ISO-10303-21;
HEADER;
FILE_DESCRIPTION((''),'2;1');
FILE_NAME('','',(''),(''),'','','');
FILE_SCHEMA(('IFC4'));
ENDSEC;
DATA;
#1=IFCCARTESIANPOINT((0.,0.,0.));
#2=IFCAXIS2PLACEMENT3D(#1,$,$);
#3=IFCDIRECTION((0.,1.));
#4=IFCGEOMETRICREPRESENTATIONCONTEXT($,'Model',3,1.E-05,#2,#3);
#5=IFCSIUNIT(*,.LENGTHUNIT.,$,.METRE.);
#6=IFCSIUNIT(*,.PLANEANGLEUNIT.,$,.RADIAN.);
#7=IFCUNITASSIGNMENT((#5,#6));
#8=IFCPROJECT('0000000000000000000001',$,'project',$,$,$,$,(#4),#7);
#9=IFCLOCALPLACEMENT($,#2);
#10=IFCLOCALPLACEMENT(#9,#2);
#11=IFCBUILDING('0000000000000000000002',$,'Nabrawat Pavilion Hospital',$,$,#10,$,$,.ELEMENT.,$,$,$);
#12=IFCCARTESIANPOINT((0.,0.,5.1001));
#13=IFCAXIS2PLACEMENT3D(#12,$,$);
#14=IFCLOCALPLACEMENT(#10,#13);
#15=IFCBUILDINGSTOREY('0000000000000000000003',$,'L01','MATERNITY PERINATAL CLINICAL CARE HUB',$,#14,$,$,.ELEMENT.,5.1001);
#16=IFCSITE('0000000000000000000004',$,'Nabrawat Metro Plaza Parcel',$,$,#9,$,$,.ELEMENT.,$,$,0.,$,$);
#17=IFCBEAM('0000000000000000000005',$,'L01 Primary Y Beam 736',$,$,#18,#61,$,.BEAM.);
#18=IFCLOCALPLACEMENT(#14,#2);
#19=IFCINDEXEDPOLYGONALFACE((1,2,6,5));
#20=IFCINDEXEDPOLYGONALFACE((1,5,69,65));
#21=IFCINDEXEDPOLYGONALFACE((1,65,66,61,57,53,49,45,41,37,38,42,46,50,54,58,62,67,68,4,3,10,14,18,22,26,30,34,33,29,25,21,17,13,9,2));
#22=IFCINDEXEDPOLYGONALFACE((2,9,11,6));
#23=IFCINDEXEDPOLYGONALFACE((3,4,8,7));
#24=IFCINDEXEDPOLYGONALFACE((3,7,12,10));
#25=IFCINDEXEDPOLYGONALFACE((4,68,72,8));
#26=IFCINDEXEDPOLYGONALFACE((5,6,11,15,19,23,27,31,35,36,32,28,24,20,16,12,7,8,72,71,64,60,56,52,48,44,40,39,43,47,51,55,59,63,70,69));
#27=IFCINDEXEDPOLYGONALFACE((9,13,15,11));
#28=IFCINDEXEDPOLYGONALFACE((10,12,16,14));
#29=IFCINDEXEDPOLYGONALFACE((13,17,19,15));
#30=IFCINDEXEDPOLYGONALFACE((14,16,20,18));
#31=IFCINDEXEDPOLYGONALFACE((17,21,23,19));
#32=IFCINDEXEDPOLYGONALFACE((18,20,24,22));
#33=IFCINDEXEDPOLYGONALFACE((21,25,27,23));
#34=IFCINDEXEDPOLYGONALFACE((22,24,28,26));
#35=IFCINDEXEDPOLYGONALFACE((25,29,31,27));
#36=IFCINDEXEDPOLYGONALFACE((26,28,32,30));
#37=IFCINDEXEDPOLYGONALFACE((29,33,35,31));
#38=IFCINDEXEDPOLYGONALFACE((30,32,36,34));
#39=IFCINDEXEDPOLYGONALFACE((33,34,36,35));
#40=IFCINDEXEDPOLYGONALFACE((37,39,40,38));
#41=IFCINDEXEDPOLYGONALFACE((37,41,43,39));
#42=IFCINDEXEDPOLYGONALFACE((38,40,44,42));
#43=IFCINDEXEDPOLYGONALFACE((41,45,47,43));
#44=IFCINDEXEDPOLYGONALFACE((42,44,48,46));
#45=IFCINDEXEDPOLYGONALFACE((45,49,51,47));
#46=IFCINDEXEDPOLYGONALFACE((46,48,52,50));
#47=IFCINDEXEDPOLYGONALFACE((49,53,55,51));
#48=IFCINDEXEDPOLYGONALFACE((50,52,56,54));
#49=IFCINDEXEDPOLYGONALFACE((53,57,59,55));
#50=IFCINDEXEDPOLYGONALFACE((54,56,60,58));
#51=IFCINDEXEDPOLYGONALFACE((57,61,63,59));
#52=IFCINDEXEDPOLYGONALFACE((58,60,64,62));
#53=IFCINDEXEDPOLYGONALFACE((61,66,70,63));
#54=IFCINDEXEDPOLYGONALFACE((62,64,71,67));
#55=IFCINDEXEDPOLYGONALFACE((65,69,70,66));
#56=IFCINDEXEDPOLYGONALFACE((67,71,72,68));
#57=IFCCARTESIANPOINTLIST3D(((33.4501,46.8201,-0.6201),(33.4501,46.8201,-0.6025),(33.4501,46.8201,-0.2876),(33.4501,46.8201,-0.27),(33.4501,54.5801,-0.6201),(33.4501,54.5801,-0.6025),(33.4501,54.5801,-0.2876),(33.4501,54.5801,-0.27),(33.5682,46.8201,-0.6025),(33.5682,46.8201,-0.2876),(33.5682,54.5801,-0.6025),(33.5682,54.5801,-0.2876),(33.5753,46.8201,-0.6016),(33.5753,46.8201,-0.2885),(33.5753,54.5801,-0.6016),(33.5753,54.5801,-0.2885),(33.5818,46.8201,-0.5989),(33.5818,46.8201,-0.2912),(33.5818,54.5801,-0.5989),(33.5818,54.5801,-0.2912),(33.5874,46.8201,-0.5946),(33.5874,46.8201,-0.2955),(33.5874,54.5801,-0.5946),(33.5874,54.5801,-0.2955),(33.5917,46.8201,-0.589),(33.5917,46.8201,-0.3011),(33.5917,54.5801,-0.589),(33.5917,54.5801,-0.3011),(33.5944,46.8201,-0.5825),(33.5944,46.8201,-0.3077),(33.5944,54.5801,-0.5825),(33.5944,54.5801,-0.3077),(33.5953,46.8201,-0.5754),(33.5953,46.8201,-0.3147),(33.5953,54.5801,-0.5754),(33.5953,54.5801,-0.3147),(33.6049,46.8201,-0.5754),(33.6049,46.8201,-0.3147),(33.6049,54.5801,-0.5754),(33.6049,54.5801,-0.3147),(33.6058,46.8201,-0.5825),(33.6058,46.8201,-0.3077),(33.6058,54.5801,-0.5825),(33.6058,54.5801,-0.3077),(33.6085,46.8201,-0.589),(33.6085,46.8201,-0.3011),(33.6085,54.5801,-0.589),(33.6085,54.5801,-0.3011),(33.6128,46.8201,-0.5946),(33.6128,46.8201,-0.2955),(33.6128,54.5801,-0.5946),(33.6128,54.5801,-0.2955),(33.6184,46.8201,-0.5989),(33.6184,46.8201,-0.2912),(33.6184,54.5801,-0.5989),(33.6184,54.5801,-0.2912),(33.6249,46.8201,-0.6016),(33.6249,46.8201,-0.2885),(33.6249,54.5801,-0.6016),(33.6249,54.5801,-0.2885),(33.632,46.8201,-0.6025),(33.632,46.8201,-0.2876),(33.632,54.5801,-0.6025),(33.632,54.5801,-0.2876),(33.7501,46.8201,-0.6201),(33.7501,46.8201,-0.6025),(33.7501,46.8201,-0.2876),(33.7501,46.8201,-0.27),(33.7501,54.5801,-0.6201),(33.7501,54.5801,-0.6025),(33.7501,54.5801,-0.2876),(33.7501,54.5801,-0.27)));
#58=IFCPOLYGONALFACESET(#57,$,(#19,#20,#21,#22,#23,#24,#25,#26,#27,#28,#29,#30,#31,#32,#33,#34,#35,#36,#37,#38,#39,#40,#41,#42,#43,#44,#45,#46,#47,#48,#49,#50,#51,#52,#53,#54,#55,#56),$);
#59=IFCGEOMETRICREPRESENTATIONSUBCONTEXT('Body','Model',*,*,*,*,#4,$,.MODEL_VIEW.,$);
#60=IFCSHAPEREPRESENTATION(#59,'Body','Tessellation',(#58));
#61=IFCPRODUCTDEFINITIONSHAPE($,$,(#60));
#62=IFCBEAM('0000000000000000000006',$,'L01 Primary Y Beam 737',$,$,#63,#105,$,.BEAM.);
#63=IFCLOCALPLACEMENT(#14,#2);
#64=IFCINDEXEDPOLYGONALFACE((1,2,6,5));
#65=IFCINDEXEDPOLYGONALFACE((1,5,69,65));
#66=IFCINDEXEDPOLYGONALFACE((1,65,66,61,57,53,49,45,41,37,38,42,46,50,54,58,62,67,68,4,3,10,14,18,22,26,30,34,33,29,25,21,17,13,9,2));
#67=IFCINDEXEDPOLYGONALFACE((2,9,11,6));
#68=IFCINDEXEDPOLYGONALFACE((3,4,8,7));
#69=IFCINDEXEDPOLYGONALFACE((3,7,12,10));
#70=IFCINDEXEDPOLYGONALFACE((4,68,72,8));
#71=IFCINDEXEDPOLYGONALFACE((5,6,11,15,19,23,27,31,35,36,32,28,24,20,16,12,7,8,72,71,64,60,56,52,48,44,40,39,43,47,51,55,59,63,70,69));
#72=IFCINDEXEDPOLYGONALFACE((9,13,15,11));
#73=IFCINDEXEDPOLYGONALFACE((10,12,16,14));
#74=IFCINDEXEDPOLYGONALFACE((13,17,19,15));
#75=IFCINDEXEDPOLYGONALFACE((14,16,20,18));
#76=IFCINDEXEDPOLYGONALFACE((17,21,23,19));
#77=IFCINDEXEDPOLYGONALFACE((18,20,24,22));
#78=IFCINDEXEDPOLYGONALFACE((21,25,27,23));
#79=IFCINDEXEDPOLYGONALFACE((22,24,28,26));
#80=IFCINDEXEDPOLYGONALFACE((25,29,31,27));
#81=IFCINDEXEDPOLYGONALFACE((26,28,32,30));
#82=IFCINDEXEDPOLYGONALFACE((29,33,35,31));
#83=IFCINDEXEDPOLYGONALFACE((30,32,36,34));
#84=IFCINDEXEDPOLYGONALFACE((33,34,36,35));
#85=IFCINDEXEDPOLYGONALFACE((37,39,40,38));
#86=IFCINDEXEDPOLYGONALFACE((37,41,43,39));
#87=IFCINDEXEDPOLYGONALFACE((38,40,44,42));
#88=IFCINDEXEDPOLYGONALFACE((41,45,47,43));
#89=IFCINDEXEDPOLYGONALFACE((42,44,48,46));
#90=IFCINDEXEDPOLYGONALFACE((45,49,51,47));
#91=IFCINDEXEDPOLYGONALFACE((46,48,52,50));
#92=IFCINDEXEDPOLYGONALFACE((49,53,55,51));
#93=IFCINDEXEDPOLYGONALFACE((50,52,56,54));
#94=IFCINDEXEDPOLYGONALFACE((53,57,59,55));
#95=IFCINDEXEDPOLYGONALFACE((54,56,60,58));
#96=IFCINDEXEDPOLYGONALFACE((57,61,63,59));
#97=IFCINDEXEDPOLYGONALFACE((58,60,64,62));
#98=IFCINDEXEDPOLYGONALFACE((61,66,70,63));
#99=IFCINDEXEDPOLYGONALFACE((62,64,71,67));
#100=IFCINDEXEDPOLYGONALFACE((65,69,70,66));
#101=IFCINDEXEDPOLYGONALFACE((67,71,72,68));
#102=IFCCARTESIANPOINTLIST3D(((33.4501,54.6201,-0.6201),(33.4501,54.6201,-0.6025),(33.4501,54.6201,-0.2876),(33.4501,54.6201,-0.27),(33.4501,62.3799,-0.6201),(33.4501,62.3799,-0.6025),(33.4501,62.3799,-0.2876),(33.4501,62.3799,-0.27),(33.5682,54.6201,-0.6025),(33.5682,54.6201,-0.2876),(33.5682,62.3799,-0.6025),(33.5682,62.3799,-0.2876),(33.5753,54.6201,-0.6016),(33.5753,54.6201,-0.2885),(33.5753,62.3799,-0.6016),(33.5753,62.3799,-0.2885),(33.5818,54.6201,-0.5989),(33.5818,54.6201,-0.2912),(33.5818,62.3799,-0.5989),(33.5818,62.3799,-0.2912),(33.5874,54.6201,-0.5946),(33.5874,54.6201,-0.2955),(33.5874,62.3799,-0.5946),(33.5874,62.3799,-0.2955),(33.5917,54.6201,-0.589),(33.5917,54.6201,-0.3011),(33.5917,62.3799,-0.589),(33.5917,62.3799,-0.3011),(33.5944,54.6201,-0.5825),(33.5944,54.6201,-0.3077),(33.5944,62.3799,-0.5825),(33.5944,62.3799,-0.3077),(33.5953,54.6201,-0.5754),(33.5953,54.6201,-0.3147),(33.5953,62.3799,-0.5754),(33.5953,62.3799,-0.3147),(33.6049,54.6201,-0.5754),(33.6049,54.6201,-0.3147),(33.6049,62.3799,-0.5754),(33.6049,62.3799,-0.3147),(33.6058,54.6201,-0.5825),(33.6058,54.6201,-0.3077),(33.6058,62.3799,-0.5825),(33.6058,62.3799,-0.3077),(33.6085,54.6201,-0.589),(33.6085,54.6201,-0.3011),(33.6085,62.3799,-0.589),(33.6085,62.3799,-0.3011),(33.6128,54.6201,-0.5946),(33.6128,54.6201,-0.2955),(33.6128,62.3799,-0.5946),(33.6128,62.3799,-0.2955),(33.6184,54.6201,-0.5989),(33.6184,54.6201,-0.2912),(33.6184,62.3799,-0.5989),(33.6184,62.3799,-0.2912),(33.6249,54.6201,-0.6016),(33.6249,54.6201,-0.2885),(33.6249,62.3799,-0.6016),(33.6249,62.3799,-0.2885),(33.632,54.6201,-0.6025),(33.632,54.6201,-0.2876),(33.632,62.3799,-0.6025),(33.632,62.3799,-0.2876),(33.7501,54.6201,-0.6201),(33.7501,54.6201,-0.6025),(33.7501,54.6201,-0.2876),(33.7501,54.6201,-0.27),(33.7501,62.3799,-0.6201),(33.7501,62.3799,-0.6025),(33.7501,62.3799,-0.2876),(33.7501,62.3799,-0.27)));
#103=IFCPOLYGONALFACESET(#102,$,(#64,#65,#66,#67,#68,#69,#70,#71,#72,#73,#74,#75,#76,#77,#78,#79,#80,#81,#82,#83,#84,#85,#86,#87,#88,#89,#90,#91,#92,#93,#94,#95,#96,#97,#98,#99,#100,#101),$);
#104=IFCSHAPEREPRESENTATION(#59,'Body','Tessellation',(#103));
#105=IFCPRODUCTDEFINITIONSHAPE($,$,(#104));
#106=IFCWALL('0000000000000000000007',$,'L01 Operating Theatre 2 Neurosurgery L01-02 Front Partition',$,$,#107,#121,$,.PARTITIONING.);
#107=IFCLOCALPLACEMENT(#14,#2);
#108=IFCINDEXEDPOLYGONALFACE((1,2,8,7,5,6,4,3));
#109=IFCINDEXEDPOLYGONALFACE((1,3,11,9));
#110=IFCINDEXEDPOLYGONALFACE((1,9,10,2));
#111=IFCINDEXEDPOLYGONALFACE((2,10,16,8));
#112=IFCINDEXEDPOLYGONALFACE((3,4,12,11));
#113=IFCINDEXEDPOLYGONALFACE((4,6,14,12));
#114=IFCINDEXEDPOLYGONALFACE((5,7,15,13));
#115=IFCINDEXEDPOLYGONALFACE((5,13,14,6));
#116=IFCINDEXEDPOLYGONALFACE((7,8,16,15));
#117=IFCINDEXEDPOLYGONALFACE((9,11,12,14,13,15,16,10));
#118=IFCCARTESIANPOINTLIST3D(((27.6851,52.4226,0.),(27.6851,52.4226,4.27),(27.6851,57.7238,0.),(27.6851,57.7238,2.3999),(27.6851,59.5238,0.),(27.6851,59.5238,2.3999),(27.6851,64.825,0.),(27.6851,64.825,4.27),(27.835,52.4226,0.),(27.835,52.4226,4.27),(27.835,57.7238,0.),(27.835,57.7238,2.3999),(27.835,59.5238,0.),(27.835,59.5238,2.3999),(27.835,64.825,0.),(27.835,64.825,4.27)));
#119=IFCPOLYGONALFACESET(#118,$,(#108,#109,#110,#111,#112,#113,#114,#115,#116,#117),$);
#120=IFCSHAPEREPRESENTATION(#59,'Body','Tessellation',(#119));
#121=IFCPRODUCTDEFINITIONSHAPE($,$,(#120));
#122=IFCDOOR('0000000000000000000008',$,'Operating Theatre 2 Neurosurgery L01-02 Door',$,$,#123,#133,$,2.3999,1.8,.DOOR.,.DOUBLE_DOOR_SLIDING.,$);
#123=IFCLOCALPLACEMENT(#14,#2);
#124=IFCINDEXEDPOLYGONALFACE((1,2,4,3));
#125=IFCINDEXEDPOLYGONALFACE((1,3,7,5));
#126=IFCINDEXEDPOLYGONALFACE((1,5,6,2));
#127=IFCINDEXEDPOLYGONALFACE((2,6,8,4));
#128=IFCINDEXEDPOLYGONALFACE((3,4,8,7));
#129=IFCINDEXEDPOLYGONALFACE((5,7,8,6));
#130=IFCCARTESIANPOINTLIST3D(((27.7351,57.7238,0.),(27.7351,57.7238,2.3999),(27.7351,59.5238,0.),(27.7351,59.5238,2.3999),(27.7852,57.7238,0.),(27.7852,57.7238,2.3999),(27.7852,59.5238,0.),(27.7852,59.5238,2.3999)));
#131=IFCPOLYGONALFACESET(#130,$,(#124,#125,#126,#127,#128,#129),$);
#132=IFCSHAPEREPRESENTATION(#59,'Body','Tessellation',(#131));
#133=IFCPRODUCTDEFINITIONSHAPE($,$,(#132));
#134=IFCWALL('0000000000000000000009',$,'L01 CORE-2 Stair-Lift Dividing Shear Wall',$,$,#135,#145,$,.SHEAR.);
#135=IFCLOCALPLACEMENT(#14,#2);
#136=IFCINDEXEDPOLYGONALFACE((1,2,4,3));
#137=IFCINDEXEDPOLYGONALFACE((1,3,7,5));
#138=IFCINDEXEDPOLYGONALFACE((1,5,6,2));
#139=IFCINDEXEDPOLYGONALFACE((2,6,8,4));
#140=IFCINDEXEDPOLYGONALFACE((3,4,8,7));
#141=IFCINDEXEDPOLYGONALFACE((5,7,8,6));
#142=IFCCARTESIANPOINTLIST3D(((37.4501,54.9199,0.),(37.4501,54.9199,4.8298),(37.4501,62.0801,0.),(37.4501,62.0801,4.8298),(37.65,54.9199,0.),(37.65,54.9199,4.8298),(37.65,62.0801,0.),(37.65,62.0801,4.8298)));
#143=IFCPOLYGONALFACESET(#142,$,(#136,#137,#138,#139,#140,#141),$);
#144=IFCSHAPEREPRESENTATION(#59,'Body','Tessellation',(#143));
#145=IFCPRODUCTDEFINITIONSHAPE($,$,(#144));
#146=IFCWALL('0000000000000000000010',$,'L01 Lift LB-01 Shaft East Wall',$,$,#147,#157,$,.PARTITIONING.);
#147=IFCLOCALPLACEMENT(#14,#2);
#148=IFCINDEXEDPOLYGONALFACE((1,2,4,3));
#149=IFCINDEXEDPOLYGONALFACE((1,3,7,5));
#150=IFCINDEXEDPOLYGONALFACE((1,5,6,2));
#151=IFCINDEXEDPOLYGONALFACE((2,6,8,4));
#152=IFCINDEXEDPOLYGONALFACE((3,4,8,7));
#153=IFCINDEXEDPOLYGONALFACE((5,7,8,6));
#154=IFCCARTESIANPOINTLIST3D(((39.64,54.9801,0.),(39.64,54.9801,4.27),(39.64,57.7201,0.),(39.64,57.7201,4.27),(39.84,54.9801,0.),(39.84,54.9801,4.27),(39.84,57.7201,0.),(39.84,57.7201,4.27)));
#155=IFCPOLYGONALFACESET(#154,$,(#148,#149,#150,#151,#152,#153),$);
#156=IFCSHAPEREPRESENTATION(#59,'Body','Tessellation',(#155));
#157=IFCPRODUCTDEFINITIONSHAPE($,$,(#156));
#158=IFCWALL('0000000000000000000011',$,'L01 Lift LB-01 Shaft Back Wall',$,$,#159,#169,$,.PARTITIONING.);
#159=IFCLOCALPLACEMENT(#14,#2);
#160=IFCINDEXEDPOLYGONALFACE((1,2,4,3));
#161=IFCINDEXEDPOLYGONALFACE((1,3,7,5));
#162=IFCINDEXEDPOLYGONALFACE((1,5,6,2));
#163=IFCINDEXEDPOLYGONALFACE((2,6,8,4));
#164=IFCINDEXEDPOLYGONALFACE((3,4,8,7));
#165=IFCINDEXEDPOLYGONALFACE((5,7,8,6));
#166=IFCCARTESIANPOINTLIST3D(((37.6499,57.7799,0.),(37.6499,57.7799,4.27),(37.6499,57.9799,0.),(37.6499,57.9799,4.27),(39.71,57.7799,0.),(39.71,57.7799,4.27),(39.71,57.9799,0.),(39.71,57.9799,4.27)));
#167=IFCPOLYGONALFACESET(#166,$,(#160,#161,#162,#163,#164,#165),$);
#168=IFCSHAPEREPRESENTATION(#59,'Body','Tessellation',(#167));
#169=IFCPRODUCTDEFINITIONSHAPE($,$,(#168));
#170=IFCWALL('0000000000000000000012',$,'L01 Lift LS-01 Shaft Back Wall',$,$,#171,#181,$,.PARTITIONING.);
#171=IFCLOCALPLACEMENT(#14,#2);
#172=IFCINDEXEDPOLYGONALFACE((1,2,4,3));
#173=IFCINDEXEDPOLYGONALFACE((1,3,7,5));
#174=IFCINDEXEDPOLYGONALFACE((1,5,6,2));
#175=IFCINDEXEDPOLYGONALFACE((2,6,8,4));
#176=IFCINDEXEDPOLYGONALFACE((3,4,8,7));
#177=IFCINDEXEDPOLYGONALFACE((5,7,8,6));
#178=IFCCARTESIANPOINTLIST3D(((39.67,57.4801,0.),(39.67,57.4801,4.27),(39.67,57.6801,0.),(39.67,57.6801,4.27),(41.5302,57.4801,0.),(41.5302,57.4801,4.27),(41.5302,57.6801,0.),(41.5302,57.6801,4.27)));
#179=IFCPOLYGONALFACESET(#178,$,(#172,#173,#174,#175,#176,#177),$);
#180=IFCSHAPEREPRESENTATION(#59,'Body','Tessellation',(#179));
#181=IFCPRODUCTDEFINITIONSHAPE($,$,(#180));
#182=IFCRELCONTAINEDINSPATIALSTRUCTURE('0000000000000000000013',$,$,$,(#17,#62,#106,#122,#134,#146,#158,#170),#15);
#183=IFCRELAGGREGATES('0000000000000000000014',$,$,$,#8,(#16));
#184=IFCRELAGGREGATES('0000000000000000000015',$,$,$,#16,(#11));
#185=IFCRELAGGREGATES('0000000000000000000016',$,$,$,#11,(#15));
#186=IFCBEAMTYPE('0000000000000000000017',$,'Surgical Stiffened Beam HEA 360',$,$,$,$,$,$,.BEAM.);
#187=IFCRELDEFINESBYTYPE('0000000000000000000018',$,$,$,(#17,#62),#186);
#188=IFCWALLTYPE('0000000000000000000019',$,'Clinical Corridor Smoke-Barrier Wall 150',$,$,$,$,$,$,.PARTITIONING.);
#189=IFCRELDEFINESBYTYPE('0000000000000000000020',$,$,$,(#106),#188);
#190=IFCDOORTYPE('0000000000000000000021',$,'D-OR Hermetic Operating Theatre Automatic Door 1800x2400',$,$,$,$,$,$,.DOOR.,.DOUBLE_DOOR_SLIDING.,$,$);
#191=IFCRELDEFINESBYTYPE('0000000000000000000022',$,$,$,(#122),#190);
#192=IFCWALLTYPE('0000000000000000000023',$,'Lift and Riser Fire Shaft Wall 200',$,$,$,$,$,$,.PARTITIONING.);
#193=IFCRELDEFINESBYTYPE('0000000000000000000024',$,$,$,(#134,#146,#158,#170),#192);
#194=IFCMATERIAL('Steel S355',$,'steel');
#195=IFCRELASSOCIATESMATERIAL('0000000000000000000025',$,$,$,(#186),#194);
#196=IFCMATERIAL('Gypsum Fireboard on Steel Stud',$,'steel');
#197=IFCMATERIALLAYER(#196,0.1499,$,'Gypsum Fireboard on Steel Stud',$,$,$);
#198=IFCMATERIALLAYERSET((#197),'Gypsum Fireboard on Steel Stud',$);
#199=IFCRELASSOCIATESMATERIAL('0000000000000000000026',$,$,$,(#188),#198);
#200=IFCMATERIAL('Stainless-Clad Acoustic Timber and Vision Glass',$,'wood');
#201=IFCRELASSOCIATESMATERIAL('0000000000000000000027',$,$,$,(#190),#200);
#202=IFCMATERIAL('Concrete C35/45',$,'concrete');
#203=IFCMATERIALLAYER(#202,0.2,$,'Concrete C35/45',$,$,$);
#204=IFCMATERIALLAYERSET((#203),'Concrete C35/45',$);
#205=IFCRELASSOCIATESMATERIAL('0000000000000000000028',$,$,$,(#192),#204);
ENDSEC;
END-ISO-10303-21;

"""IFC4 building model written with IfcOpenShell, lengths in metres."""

from ifc_helpers import new_model, si_unit, direction, frame, frame_2d, origin, origin_2d, place, context, subcontext, project, spatial, rectangle, i_section, extrude, material, layer, layer_set, material_profile, profile_set, type_object, element, fill, save


model = new_model("IFC4")

# Units and contexts
model_context = context("Model", 3, precision=1e-05, world=origin(), true_north=direction((0.0, 1.0)))
body_context = subcontext(model_context, "Body", "Model", "MODEL_VIEW")
ifc_project = project(units=[si_unit("LENGTHUNIT", "METRE"), si_unit("PLANEANGLEUNIT", "RADIAN")], contexts=[model_context])

# Site, building, storey
site_placement = place(None, origin())
site = spatial("IfcSite", under=ifc_project, at=site_placement, Name="Nabrawat Metro Plaza Parcel", CompositionType="ELEMENT", RefElevation=0.0)
building_placement = place(site_placement, origin())
building = spatial("IfcBuilding", under=site, at=building_placement, Name="Nabrawat Pavilion Hospital", CompositionType="ELEMENT")
storey_placement = place(building_placement, frame((0.0, 0.0, 5.1001)))
storey = spatial("IfcBuildingStorey", under=building, at=storey_placement, Name="L01", Description="MATERNITY PERINATAL CLINICAL CARE HUB", CompositionType="ELEMENT", Elevation=5.1001)

# Shared definitions
ifc_material_1 = material(Name="Steel S355", Category="steel")

# Beams
ifc_material_profile_1 = material_profile(ifc_material_1, i_section(OverallWidth=0.3, OverallDepth=0.3501, WebThickness=0.0095, FlangeThickness=0.0176, FilletRadius=0.0271, at=origin_2d()), Name="HEA 360")
ifc_profile_set_1 = profile_set([ifc_material_profile_1], Name="Steel S355")
beam_type_1 = type_object("IfcBeamType", Name="Surgical Stiffened Beam HEA 360", PredefinedType="BEAM", material=ifc_profile_set_1)
beam_1_placement = place(storey_placement, frame((33.6001, 46.8201, -0.4451), z_axis=(0.0, 1.0, 0.0), x_axis=(-1.0, 0.0, 0.0)))
element("IfcBeam", 1, at=beam_1_placement, inside=storey, type_object=beam_type_1, Name="L01 Primary Y Beam 736", PredefinedType="BEAM", context=body_context, shape_type="SweptSolid", body=[
    extrude(i_section(OverallWidth=0.3, OverallDepth=0.3501, WebThickness=0.0095, FlangeThickness=0.0176, FilletRadius=0.0271, at=origin_2d()), origin(), (0.0, 0.0, 1.0), 7.76),
])
beam_2_placement = place(storey_placement, frame((33.6001, 54.6201, -0.4451), z_axis=(0.0, 1.0, 0.0), x_axis=(-1.0, 0.0, 0.0)))
element("IfcBeam", 2, at=beam_2_placement, inside=storey, type_object=beam_type_1, Name="L01 Primary Y Beam 737", PredefinedType="BEAM", context=body_context, shape_type="SweptSolid", body=[
    extrude(i_section(OverallWidth=0.3, OverallDepth=0.3501, WebThickness=0.0095, FlangeThickness=0.0176, FilletRadius=0.0271, at=origin_2d()), origin(), (0.0, 0.0, 1.0), 7.7598),
])

# Wall, opening, door
ifc_material_2 = material(Name="Gypsum Fireboard on Steel Stud", Category="steel")
ifc_layer_1 = layer(ifc_material_2, 0.1499, Name="Gypsum Fireboard on Steel Stud")
ifc_layer_set_1 = layer_set([ifc_layer_1], Name="Gypsum Fireboard on Steel Stud")
wall_type_1 = type_object("IfcWallType", Name="Clinical Corridor Smoke-Barrier Wall 150", PredefinedType="PARTITIONING", material=ifc_layer_set_1)
wall_1_placement = place(storey_placement, frame((27.76, 52.4226, 0.0), z_axis=(0.0, 0.0, 1.0), x_axis=(0.0, 1.0, 0.0)))
wall_1 = element("IfcWall", 3, at=wall_1_placement, inside=storey, type_object=wall_type_1, Name="L01 Operating Theatre 2 Neurosurgery L01-02 Front Partition", PredefinedType="PARTITIONING", context=body_context, shape_type="SweptSolid", body=[
    extrude(rectangle(XDim=12.4023, YDim=0.1499, at=frame_2d((6.2012, 0.0))), origin(), (0.0, 0.0, 1.0), 4.27),
])
opening_1_placement = place(wall_1_placement, frame((5.3013, 0.0, 0.0)))
opening_1 = element("IfcOpeningElement", 4, at=opening_1_placement, cuts=wall_1, PredefinedType="OPENING", context=body_context, shape_type="SweptSolid", body=[
    extrude(rectangle(XDim=1.8, YDim=2.3999, at=frame_2d((0.8999, 1.2))), frame((0.0, 0.085, 0.0), z_axis=(0.0, -1.0, 0.0), x_axis=(1.0, 0.0, 0.0)), (0.0, 0.0, 1.0), 0.1699),
])
ifc_material_3 = material(Name="Stainless-Clad Acoustic Timber and Vision Glass", Category="wood")
door_type_1 = type_object("IfcDoorType", Name="D-OR Hermetic Operating Theatre Automatic Door 1800x2400", OperationType="DOUBLE_DOOR_SLIDING", PredefinedType="DOOR", material=ifc_material_3)
door_1_placement = place(opening_1_placement, origin())
door_1 = element("IfcDoor", 5, at=door_1_placement, inside=storey, type_object=door_type_1, Name="Operating Theatre 2 Neurosurgery L01-02 Door", OperationType="DOUBLE_DOOR_SLIDING", OverallHeight=2.3999, OverallWidth=1.8, PredefinedType="DOOR", context=body_context, shape_type="SweptSolid", body=[
    extrude(rectangle(XDim=1.8, YDim=2.3999, at=frame_2d((0.8999, 1.2))), frame((0.0, 0.0249, 0.0), z_axis=(0.0, -1.0, 0.0), x_axis=(1.0, 0.0, 0.0)), (0.0, 0.0, 1.0), 0.05),
])
fill(opening_1, door_1)

# Walls
ifc_material_4 = material(Name="Concrete C35/45", Category="concrete")
ifc_layer_2 = layer(ifc_material_4, 0.2, Name="Concrete C35/45")
ifc_layer_set_2 = layer_set([ifc_layer_2], Name="Concrete C35/45")
wall_type_2 = type_object("IfcWallType", Name="Lift and Riser Fire Shaft Wall 200", PredefinedType="PARTITIONING", material=ifc_layer_set_2)
wall_2_placement = place(storey_placement, frame((37.55, 54.9199, 0.0), z_axis=(0.0, 0.0, 1.0), x_axis=(0.0, 1.0, 0.0)))
element("IfcWall", 6, at=wall_2_placement, inside=storey, type_object=wall_type_2, Name="L01 CORE-2 Stair-Lift Dividing Shear Wall", PredefinedType="SHEAR", context=body_context, shape_type="SweptSolid", body=[
    extrude(rectangle(XDim=7.1602, YDim=0.2, at=frame_2d((3.5801, 0.0))), origin(), (0.0, 0.0, 1.0), 4.8298),
])
wall_3_placement = place(storey_placement, frame((39.74, 54.98, 0.0), z_axis=(0.0, 0.0, 1.0), x_axis=(0.0, 1.0, 0.0)))
element("IfcWall", 7, at=wall_3_placement, inside=storey, type_object=wall_type_2, Name="L01 Lift LB-01 Shaft East Wall", PredefinedType="PARTITIONING", context=body_context, shape_type="SweptSolid", body=[
    extrude(rectangle(XDim=2.74, YDim=0.2, at=frame_2d((1.3701, 0.0))), origin(), (0.0, 0.0, 1.0), 4.27),
])
wall_4_placement = place(storey_placement, frame((37.6499, 57.8799, 0.0), z_axis=(0.0, 0.0, 1.0), x_axis=(1.0, 0.0, 0.0)))
element("IfcWall", 8, at=wall_4_placement, inside=storey, type_object=wall_type_2, Name="L01 Lift LB-01 Shaft Back Wall", PredefinedType="PARTITIONING", context=body_context, shape_type="SweptSolid", body=[
    extrude(rectangle(XDim=2.0601, YDim=0.2, at=frame_2d((1.03, 0.0))), origin(), (0.0, 0.0, 1.0), 4.27),
])
wall_5_placement = place(storey_placement, frame((39.6699, 57.5801, 0.0), z_axis=(0.0, 0.0, 1.0), x_axis=(1.0, 0.0, 0.0)))
element("IfcWall", 9, at=wall_5_placement, inside=storey, type_object=wall_type_2, Name="L01 Lift LS-01 Shaft Back Wall", PredefinedType="PARTITIONING", context=body_context, shape_type="SweptSolid", body=[
    extrude(rectangle(XDim=1.8601, YDim=0.2, at=frame_2d((0.9302, 0.0))), origin(), (0.0, 0.0, 1.0), 4.27),
])

save(model, "model.ifc")
